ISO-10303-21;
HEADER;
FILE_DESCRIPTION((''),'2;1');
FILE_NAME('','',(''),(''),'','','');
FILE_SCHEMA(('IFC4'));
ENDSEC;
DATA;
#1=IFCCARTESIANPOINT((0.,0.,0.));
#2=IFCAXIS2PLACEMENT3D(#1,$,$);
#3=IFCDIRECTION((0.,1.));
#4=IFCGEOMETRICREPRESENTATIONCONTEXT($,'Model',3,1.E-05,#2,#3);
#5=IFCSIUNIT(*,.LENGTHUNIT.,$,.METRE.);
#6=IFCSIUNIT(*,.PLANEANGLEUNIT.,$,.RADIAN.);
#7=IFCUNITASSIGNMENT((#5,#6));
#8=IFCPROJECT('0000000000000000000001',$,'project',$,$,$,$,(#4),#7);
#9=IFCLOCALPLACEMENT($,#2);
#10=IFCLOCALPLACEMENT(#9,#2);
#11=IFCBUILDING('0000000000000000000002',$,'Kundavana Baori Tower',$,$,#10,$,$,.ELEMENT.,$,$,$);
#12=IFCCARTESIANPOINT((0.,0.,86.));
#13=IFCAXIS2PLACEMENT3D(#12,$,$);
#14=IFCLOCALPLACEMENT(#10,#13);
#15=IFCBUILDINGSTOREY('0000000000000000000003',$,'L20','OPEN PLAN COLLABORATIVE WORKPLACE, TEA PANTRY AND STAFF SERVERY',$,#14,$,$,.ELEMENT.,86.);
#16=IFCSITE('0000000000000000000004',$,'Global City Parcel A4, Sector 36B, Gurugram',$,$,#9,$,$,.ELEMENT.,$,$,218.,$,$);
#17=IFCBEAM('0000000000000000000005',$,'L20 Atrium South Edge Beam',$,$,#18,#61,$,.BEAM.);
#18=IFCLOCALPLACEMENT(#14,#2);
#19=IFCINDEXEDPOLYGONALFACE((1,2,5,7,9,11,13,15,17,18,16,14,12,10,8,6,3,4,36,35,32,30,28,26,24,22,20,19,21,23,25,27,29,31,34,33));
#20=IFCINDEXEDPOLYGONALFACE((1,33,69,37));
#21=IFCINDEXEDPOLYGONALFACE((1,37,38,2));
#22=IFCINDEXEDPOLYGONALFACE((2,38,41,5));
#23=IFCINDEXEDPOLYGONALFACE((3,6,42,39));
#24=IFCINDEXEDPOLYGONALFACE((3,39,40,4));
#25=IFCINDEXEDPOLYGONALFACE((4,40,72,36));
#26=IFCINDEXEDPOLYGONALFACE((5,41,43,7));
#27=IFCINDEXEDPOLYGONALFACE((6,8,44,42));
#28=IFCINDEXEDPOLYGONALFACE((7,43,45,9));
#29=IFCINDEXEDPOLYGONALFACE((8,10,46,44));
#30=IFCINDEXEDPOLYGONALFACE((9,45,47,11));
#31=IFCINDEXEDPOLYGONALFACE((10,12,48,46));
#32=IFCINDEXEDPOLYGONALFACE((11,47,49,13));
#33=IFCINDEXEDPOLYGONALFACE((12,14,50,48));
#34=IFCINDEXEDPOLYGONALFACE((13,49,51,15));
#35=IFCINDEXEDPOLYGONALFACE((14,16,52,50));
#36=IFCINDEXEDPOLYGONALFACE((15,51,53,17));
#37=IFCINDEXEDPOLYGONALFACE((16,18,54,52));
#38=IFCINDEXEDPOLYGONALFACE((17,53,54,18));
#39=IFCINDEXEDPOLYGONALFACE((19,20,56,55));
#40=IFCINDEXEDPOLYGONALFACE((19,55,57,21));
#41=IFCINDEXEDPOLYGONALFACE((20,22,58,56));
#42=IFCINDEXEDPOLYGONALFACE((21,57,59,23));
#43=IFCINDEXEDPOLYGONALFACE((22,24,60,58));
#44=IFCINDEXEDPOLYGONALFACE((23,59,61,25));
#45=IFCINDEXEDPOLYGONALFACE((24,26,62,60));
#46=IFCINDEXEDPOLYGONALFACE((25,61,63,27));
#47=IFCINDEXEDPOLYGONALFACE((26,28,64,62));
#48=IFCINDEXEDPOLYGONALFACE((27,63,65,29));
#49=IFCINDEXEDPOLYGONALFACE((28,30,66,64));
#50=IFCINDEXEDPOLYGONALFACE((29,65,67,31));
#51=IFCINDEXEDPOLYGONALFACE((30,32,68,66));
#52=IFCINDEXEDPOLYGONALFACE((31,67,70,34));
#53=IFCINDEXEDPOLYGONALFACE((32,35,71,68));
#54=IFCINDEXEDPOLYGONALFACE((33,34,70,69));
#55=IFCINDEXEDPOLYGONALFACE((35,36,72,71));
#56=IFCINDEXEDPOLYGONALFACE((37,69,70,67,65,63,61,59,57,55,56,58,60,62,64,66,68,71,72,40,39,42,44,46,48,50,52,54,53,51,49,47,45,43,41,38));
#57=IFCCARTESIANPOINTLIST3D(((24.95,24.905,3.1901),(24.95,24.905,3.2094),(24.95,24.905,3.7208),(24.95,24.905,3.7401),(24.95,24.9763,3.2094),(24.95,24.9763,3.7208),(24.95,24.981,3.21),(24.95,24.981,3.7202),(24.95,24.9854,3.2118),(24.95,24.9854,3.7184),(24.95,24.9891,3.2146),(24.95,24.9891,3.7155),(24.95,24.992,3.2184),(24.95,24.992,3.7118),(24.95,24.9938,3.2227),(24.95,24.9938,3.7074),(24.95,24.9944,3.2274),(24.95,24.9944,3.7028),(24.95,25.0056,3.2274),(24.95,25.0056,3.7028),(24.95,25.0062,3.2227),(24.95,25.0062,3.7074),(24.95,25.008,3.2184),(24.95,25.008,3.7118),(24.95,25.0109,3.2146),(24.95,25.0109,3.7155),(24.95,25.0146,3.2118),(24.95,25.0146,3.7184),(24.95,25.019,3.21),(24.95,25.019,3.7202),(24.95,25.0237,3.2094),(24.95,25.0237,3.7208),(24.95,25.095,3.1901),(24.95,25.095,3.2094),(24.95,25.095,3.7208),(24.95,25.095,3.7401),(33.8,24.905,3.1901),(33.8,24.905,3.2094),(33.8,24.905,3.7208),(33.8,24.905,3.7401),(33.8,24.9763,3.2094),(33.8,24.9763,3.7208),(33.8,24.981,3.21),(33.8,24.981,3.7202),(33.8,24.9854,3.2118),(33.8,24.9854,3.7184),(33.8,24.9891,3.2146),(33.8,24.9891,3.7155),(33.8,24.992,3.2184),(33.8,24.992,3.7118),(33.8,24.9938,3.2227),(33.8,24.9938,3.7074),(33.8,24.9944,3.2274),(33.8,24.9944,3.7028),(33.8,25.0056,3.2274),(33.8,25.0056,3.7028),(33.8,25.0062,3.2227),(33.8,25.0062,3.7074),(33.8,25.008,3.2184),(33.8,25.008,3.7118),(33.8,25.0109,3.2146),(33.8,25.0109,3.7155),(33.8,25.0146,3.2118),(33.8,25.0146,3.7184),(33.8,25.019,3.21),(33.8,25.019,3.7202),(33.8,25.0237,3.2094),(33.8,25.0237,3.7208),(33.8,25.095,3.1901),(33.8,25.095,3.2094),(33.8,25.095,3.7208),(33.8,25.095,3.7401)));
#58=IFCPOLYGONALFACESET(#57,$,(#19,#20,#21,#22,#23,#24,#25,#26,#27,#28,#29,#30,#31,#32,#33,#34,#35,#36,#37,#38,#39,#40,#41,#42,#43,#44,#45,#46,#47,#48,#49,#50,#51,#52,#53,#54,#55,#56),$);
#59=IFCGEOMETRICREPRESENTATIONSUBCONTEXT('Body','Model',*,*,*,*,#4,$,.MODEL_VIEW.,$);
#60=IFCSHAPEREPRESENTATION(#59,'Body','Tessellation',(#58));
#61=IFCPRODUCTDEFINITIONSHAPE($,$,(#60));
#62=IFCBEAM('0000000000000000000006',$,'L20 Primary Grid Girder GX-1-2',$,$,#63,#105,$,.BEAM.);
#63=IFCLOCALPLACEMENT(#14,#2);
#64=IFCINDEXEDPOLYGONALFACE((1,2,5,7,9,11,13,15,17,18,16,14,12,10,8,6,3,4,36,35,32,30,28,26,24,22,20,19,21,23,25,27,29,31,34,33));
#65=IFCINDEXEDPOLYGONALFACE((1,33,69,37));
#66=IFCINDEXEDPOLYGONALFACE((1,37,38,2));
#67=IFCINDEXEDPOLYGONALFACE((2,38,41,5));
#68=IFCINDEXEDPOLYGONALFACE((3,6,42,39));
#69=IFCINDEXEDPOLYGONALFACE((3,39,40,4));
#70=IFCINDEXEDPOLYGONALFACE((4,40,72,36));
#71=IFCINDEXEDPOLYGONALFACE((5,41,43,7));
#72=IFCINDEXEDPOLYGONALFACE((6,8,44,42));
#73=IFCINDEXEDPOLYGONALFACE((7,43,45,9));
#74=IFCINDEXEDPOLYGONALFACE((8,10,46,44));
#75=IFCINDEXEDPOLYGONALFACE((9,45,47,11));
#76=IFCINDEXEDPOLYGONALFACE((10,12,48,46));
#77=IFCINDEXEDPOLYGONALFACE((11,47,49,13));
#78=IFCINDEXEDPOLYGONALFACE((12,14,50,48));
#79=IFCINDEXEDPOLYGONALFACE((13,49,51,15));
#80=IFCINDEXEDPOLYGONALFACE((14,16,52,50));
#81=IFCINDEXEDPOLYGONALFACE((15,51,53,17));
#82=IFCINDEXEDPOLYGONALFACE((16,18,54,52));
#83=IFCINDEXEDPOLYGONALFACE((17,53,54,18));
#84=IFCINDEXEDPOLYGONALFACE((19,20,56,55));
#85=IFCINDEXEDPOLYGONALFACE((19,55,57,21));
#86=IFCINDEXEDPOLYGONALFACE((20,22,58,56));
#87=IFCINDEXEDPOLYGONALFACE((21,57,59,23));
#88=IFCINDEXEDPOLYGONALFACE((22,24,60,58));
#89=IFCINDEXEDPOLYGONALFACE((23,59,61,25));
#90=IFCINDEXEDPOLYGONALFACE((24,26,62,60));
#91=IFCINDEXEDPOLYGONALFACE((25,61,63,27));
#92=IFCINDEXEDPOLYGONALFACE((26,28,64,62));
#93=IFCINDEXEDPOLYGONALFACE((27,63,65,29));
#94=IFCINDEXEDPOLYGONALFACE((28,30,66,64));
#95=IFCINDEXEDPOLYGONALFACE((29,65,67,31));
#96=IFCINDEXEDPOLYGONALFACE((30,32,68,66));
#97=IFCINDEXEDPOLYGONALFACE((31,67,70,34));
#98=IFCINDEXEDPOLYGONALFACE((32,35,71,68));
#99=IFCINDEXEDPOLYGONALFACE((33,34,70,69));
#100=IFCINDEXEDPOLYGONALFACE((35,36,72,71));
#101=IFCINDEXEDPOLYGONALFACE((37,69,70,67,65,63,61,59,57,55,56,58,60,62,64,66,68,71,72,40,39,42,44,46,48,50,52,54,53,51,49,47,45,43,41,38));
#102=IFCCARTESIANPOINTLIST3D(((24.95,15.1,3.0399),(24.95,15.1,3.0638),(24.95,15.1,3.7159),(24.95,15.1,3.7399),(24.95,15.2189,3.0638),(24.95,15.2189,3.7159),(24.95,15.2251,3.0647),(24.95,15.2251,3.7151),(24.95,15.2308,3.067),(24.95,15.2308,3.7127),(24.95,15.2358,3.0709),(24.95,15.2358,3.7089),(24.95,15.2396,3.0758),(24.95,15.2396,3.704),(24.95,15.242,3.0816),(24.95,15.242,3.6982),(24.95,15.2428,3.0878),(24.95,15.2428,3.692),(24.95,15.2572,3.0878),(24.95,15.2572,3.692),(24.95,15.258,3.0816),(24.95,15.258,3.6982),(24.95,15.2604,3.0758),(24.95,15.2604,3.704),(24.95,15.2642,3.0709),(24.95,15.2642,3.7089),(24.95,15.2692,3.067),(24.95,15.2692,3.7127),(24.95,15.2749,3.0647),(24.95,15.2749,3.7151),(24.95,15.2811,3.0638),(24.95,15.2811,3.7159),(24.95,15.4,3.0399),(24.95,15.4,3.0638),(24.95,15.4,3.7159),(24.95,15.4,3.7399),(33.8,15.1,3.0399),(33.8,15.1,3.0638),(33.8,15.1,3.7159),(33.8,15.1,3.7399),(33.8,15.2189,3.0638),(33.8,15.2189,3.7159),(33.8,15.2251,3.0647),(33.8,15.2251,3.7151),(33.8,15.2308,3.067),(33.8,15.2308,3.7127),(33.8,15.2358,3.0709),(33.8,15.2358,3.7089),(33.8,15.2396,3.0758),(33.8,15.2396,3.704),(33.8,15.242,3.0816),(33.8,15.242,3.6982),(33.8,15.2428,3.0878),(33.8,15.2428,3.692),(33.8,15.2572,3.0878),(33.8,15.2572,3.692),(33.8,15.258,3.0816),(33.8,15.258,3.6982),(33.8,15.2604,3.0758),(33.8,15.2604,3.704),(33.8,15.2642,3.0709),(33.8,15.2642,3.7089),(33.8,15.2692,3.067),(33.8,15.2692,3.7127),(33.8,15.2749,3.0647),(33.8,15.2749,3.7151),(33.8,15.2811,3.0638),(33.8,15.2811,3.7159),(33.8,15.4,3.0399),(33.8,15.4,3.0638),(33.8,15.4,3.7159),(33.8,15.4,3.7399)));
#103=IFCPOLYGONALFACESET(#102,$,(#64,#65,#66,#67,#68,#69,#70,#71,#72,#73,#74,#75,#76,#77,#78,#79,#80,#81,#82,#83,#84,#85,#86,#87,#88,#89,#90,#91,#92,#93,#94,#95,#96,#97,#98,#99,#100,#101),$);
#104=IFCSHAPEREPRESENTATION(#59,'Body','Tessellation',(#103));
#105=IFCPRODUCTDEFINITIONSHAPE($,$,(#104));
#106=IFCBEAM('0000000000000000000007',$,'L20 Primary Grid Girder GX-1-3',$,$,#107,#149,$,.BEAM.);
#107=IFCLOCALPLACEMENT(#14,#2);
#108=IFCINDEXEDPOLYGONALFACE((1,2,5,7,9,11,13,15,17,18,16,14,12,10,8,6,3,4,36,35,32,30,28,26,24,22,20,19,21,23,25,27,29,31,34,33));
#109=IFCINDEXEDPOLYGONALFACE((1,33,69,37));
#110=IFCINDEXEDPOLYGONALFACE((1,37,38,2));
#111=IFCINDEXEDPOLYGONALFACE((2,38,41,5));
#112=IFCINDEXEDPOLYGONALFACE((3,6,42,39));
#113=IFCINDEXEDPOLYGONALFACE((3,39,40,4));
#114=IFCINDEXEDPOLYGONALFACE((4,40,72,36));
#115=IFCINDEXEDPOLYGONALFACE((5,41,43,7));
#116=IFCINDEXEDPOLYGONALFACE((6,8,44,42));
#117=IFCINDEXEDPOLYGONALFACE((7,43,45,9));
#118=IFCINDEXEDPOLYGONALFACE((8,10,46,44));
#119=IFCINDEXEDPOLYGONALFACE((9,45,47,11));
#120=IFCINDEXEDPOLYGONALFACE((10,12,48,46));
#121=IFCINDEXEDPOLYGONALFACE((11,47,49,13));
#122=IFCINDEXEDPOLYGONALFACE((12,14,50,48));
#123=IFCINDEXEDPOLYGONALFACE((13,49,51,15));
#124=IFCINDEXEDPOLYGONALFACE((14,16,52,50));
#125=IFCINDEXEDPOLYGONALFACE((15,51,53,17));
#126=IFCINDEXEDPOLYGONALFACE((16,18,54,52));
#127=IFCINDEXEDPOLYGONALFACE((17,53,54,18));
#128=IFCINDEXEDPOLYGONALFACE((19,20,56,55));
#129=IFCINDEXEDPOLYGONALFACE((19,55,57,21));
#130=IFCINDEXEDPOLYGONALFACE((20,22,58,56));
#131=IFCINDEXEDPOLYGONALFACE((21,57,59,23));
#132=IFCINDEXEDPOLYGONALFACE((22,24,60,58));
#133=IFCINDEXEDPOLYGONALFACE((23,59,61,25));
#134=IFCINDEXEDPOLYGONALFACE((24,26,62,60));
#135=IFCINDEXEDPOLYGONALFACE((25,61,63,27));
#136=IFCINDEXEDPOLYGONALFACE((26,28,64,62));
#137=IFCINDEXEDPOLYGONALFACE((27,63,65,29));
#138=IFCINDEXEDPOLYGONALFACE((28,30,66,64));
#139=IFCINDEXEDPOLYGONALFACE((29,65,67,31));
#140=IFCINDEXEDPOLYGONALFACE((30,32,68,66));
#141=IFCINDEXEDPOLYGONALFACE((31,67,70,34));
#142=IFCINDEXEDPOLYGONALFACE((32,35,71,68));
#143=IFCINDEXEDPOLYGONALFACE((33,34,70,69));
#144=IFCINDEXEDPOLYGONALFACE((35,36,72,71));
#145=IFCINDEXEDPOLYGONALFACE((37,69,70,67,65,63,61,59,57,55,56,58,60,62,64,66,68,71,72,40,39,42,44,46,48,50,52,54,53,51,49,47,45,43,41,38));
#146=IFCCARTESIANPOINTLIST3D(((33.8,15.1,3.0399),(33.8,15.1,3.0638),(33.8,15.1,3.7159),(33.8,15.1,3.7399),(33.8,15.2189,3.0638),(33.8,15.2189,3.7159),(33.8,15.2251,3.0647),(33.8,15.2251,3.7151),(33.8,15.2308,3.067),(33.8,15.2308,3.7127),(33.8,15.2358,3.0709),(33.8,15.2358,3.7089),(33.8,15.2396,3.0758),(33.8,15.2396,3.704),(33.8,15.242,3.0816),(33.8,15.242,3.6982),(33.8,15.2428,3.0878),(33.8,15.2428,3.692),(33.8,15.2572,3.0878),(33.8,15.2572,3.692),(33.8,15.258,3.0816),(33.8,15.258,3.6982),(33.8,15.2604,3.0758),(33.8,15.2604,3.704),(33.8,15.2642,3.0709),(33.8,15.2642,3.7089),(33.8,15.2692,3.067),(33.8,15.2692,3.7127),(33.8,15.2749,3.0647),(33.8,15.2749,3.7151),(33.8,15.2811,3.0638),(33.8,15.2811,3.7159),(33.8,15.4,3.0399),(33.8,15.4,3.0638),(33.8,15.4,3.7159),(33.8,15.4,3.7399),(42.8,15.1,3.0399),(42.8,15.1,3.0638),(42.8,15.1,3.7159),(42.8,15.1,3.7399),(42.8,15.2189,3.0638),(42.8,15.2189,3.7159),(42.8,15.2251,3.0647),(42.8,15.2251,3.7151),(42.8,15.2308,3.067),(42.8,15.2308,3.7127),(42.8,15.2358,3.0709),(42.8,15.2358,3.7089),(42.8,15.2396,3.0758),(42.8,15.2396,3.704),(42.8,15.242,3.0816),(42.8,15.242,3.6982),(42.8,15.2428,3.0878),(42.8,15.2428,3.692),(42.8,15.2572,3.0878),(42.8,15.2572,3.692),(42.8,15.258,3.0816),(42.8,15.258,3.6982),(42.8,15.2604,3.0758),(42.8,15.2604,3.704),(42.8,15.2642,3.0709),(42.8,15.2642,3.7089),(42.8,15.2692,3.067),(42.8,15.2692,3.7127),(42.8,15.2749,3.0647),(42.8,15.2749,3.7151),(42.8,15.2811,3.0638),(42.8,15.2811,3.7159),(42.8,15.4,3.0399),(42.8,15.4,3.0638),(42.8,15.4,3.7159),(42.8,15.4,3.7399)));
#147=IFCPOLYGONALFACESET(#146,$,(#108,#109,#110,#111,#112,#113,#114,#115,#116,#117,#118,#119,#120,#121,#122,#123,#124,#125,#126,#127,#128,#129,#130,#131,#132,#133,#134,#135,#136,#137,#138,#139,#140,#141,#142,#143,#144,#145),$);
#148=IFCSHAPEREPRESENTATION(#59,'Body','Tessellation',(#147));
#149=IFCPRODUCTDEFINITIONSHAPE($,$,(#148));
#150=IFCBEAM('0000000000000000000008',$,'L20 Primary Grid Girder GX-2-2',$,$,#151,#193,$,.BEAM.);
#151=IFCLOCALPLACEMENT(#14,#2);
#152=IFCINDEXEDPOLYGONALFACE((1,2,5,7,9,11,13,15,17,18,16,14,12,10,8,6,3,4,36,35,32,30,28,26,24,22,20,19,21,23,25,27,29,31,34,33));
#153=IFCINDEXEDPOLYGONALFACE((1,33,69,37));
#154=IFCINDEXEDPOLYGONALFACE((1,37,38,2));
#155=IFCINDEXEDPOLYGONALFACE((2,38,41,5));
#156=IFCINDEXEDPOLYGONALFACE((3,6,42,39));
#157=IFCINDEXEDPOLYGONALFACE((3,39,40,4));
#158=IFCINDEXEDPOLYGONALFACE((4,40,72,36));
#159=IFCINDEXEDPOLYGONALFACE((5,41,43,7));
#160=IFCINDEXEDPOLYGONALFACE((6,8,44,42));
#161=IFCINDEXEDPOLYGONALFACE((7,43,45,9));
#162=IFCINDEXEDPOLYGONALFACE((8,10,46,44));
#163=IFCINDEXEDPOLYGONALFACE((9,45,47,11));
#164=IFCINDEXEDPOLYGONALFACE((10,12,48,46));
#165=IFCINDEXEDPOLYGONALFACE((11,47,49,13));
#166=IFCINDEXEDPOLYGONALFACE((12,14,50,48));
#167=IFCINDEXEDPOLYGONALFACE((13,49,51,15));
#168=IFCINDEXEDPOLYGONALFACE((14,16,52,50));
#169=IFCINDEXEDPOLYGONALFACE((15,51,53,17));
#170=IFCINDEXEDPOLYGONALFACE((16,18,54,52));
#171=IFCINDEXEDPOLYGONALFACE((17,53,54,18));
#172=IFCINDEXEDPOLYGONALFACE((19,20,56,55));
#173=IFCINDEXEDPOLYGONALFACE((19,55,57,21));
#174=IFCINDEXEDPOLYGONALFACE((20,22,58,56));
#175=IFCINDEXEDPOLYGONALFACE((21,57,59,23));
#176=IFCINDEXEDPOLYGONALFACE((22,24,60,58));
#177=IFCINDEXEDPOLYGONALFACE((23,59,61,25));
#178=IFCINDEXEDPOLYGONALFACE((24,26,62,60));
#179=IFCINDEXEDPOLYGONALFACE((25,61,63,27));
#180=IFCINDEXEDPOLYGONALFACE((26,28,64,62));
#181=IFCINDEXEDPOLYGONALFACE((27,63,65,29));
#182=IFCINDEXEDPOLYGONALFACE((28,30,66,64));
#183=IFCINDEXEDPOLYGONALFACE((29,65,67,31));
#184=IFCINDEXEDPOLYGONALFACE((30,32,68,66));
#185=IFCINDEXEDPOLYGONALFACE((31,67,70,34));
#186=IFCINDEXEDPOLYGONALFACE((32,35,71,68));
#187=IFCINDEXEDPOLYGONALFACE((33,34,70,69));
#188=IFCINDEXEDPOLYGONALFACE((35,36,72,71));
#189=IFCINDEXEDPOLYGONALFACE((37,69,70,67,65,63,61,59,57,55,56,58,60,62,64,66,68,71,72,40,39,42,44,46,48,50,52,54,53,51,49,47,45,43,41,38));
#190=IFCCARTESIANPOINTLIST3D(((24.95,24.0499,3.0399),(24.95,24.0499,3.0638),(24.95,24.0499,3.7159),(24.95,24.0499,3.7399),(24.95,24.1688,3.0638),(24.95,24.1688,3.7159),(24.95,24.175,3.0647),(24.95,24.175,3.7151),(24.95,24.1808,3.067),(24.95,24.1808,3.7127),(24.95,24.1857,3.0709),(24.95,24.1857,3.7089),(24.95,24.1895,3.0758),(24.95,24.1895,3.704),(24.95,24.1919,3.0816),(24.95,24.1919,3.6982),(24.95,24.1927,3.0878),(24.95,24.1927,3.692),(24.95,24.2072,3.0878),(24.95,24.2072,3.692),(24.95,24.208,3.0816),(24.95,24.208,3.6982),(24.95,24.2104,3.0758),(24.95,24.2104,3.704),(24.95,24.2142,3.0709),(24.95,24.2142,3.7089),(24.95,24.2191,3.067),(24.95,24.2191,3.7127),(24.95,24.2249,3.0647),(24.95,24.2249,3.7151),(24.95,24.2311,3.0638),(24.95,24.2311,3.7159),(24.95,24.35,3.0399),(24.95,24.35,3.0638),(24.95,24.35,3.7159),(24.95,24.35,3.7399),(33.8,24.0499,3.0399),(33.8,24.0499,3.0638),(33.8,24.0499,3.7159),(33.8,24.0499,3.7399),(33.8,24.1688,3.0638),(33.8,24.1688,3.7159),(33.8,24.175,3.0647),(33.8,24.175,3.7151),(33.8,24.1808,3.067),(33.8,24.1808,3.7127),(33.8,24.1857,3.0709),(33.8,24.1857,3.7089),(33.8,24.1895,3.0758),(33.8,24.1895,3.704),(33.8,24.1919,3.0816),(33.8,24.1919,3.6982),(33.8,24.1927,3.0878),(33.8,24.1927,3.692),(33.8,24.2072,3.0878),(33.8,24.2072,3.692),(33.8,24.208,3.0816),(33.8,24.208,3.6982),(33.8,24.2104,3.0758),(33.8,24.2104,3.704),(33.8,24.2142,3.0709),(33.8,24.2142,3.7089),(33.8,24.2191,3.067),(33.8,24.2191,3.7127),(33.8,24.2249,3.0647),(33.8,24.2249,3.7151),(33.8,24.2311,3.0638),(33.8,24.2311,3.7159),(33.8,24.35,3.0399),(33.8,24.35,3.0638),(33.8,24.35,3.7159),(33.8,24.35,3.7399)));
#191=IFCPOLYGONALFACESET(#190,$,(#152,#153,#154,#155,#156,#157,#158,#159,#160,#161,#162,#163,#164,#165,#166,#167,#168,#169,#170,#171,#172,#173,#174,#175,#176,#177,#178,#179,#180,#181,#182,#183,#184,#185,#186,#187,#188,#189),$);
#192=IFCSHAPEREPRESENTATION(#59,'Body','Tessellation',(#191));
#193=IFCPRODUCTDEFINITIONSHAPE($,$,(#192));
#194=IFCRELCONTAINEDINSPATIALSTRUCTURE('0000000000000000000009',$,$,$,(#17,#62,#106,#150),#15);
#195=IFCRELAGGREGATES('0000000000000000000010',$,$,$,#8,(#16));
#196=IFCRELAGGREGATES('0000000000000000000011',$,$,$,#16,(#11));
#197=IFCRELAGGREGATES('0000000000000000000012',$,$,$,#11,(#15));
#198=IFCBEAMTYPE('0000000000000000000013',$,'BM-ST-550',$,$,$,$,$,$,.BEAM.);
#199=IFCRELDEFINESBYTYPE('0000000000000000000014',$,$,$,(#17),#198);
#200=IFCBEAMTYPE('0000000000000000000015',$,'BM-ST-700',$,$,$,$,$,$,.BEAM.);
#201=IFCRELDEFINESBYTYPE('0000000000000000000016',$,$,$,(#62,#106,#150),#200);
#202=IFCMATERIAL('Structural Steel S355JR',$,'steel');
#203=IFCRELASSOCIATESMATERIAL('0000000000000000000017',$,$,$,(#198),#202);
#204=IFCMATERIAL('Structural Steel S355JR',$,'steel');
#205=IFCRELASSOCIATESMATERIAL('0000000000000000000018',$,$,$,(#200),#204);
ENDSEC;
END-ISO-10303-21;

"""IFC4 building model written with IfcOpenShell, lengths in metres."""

from ifc_helpers import new_model, si_unit, direction, frame, origin, origin_2d, place, context, subcontext, project, spatial, i_section, extrude, material, material_profile, profile_set, type_object, element, save


model = new_model("IFC4")

# Units and contexts
model_context = context("Model", 3, precision=1e-05, world=origin(), true_north=direction((0.0, 1.0)))
body_context = subcontext(model_context, "Body", "Model", "MODEL_VIEW")
ifc_project = project(units=[si_unit("LENGTHUNIT", "METRE"), si_unit("PLANEANGLEUNIT", "RADIAN")], contexts=[model_context])

# Site, building, storey
site_placement = place(None, origin())
site = spatial("IfcSite", under=ifc_project, at=site_placement, Name="Global City Parcel A4, Sector 36B, Gurugram", CompositionType="ELEMENT", RefElevation=218.0)
building_placement = place(site_placement, origin())
building = spatial("IfcBuilding", under=site, at=building_placement, Name="Kundavana Baori Tower", CompositionType="ELEMENT")
storey_placement = place(building_placement, frame((0.0, 0.0, 86.0)))
storey = spatial("IfcBuildingStorey", under=building, at=storey_placement, Name="L20", Description="OPEN PLAN COLLABORATIVE WORKPLACE, TEA PANTRY AND STAFF SERVERY", CompositionType="ELEMENT", Elevation=86.0)

# Beams
ifc_material_1 = material(Name="Structural Steel S355JR", Category="steel")
ifc_material_profile_1 = material_profile(ifc_material_1, i_section(OverallWidth=0.1899, OverallDepth=0.55, WebThickness=0.0112, FlangeThickness=0.0193, FilletRadius=0.0181, at=origin_2d()), Name="ISMB 550")
ifc_profile_set_1 = profile_set([ifc_material_profile_1], Name="Structural Steel S355JR")
beam_type_1 = type_object("IfcBeamType", Name="BM-ST-550", PredefinedType="BEAM", material=ifc_profile_set_1)
beam_1_placement = place(storey_placement, frame((24.95, 25.0, 3.4651), z_axis=(1.0, 0.0, 0.0), x_axis=(0.0, 1.0, 0.0)))
element("IfcBeam", 1, at=beam_1_placement, inside=storey, type_object=beam_type_1, Name="L20 Atrium South Edge Beam", PredefinedType="BEAM", context=body_context, shape_type="SweptSolid", body=[
    extrude(i_section(OverallWidth=0.1899, OverallDepth=0.55, WebThickness=0.0112, FlangeThickness=0.0193, FilletRadius=0.0181, at=origin_2d()), origin(), (0.0, 0.0, 1.0), 8.8501),
])
ifc_material_2 = material(Name="Structural Steel S355JR", Category="steel")
ifc_material_profile_2 = material_profile(ifc_material_2, i_section(OverallWidth=0.3, OverallDepth=0.7, WebThickness=0.0144, FlangeThickness=0.0239, FilletRadius=0.0239, at=origin_2d()), Name="NPB 700x300x170")
ifc_profile_set_2 = profile_set([ifc_material_profile_2], Name="Structural Steel S355JR")
beam_type_2 = type_object("IfcBeamType", Name="BM-ST-700", PredefinedType="BEAM", material=ifc_profile_set_2)
beam_2_placement = place(storey_placement, frame((24.95, 15.25, 3.3899), z_axis=(1.0, 0.0, 0.0), x_axis=(0.0, 1.0, 0.0)))
element("IfcBeam", 2, at=beam_2_placement, inside=storey, type_object=beam_type_2, Name="L20 Primary Grid Girder GX-1-2", PredefinedType="BEAM", context=body_context, shape_type="SweptSolid", body=[
    extrude(i_section(OverallWidth=0.3, OverallDepth=0.7, WebThickness=0.0144, FlangeThickness=0.0239, FilletRadius=0.0239, at=origin_2d()), origin(), (0.0, 0.0, 1.0), 8.8501),
])
beam_3_placement = place(storey_placement, frame((33.8, 15.25, 3.3899), z_axis=(1.0, 0.0, 0.0), x_axis=(0.0, 1.0, 0.0)))
element("IfcBeam", 3, at=beam_3_placement, inside=storey, type_object=beam_type_2, Name="L20 Primary Grid Girder GX-1-3", PredefinedType="BEAM", context=body_context, shape_type="SweptSolid", body=[
    extrude(i_section(OverallWidth=0.3, OverallDepth=0.7, WebThickness=0.0144, FlangeThickness=0.0239, FilletRadius=0.0239, at=origin_2d()), origin(), (0.0, 0.0, 1.0), 9.0),
])
beam_4_placement = place(storey_placement, frame((24.95, 24.2, 3.3899), z_axis=(1.0, 0.0, 0.0), x_axis=(0.0, 1.0, 0.0)))
element("IfcBeam", 4, at=beam_4_placement, inside=storey, type_object=beam_type_2, Name="L20 Primary Grid Girder GX-2-2", PredefinedType="BEAM", context=body_context, shape_type="SweptSolid", body=[
    extrude(i_section(OverallWidth=0.3, OverallDepth=0.7, WebThickness=0.0144, FlangeThickness=0.0239, FilletRadius=0.0239, at=origin_2d()), origin(), (0.0, 0.0, 1.0), 8.8501),
])

save(model, "model.ifc")
